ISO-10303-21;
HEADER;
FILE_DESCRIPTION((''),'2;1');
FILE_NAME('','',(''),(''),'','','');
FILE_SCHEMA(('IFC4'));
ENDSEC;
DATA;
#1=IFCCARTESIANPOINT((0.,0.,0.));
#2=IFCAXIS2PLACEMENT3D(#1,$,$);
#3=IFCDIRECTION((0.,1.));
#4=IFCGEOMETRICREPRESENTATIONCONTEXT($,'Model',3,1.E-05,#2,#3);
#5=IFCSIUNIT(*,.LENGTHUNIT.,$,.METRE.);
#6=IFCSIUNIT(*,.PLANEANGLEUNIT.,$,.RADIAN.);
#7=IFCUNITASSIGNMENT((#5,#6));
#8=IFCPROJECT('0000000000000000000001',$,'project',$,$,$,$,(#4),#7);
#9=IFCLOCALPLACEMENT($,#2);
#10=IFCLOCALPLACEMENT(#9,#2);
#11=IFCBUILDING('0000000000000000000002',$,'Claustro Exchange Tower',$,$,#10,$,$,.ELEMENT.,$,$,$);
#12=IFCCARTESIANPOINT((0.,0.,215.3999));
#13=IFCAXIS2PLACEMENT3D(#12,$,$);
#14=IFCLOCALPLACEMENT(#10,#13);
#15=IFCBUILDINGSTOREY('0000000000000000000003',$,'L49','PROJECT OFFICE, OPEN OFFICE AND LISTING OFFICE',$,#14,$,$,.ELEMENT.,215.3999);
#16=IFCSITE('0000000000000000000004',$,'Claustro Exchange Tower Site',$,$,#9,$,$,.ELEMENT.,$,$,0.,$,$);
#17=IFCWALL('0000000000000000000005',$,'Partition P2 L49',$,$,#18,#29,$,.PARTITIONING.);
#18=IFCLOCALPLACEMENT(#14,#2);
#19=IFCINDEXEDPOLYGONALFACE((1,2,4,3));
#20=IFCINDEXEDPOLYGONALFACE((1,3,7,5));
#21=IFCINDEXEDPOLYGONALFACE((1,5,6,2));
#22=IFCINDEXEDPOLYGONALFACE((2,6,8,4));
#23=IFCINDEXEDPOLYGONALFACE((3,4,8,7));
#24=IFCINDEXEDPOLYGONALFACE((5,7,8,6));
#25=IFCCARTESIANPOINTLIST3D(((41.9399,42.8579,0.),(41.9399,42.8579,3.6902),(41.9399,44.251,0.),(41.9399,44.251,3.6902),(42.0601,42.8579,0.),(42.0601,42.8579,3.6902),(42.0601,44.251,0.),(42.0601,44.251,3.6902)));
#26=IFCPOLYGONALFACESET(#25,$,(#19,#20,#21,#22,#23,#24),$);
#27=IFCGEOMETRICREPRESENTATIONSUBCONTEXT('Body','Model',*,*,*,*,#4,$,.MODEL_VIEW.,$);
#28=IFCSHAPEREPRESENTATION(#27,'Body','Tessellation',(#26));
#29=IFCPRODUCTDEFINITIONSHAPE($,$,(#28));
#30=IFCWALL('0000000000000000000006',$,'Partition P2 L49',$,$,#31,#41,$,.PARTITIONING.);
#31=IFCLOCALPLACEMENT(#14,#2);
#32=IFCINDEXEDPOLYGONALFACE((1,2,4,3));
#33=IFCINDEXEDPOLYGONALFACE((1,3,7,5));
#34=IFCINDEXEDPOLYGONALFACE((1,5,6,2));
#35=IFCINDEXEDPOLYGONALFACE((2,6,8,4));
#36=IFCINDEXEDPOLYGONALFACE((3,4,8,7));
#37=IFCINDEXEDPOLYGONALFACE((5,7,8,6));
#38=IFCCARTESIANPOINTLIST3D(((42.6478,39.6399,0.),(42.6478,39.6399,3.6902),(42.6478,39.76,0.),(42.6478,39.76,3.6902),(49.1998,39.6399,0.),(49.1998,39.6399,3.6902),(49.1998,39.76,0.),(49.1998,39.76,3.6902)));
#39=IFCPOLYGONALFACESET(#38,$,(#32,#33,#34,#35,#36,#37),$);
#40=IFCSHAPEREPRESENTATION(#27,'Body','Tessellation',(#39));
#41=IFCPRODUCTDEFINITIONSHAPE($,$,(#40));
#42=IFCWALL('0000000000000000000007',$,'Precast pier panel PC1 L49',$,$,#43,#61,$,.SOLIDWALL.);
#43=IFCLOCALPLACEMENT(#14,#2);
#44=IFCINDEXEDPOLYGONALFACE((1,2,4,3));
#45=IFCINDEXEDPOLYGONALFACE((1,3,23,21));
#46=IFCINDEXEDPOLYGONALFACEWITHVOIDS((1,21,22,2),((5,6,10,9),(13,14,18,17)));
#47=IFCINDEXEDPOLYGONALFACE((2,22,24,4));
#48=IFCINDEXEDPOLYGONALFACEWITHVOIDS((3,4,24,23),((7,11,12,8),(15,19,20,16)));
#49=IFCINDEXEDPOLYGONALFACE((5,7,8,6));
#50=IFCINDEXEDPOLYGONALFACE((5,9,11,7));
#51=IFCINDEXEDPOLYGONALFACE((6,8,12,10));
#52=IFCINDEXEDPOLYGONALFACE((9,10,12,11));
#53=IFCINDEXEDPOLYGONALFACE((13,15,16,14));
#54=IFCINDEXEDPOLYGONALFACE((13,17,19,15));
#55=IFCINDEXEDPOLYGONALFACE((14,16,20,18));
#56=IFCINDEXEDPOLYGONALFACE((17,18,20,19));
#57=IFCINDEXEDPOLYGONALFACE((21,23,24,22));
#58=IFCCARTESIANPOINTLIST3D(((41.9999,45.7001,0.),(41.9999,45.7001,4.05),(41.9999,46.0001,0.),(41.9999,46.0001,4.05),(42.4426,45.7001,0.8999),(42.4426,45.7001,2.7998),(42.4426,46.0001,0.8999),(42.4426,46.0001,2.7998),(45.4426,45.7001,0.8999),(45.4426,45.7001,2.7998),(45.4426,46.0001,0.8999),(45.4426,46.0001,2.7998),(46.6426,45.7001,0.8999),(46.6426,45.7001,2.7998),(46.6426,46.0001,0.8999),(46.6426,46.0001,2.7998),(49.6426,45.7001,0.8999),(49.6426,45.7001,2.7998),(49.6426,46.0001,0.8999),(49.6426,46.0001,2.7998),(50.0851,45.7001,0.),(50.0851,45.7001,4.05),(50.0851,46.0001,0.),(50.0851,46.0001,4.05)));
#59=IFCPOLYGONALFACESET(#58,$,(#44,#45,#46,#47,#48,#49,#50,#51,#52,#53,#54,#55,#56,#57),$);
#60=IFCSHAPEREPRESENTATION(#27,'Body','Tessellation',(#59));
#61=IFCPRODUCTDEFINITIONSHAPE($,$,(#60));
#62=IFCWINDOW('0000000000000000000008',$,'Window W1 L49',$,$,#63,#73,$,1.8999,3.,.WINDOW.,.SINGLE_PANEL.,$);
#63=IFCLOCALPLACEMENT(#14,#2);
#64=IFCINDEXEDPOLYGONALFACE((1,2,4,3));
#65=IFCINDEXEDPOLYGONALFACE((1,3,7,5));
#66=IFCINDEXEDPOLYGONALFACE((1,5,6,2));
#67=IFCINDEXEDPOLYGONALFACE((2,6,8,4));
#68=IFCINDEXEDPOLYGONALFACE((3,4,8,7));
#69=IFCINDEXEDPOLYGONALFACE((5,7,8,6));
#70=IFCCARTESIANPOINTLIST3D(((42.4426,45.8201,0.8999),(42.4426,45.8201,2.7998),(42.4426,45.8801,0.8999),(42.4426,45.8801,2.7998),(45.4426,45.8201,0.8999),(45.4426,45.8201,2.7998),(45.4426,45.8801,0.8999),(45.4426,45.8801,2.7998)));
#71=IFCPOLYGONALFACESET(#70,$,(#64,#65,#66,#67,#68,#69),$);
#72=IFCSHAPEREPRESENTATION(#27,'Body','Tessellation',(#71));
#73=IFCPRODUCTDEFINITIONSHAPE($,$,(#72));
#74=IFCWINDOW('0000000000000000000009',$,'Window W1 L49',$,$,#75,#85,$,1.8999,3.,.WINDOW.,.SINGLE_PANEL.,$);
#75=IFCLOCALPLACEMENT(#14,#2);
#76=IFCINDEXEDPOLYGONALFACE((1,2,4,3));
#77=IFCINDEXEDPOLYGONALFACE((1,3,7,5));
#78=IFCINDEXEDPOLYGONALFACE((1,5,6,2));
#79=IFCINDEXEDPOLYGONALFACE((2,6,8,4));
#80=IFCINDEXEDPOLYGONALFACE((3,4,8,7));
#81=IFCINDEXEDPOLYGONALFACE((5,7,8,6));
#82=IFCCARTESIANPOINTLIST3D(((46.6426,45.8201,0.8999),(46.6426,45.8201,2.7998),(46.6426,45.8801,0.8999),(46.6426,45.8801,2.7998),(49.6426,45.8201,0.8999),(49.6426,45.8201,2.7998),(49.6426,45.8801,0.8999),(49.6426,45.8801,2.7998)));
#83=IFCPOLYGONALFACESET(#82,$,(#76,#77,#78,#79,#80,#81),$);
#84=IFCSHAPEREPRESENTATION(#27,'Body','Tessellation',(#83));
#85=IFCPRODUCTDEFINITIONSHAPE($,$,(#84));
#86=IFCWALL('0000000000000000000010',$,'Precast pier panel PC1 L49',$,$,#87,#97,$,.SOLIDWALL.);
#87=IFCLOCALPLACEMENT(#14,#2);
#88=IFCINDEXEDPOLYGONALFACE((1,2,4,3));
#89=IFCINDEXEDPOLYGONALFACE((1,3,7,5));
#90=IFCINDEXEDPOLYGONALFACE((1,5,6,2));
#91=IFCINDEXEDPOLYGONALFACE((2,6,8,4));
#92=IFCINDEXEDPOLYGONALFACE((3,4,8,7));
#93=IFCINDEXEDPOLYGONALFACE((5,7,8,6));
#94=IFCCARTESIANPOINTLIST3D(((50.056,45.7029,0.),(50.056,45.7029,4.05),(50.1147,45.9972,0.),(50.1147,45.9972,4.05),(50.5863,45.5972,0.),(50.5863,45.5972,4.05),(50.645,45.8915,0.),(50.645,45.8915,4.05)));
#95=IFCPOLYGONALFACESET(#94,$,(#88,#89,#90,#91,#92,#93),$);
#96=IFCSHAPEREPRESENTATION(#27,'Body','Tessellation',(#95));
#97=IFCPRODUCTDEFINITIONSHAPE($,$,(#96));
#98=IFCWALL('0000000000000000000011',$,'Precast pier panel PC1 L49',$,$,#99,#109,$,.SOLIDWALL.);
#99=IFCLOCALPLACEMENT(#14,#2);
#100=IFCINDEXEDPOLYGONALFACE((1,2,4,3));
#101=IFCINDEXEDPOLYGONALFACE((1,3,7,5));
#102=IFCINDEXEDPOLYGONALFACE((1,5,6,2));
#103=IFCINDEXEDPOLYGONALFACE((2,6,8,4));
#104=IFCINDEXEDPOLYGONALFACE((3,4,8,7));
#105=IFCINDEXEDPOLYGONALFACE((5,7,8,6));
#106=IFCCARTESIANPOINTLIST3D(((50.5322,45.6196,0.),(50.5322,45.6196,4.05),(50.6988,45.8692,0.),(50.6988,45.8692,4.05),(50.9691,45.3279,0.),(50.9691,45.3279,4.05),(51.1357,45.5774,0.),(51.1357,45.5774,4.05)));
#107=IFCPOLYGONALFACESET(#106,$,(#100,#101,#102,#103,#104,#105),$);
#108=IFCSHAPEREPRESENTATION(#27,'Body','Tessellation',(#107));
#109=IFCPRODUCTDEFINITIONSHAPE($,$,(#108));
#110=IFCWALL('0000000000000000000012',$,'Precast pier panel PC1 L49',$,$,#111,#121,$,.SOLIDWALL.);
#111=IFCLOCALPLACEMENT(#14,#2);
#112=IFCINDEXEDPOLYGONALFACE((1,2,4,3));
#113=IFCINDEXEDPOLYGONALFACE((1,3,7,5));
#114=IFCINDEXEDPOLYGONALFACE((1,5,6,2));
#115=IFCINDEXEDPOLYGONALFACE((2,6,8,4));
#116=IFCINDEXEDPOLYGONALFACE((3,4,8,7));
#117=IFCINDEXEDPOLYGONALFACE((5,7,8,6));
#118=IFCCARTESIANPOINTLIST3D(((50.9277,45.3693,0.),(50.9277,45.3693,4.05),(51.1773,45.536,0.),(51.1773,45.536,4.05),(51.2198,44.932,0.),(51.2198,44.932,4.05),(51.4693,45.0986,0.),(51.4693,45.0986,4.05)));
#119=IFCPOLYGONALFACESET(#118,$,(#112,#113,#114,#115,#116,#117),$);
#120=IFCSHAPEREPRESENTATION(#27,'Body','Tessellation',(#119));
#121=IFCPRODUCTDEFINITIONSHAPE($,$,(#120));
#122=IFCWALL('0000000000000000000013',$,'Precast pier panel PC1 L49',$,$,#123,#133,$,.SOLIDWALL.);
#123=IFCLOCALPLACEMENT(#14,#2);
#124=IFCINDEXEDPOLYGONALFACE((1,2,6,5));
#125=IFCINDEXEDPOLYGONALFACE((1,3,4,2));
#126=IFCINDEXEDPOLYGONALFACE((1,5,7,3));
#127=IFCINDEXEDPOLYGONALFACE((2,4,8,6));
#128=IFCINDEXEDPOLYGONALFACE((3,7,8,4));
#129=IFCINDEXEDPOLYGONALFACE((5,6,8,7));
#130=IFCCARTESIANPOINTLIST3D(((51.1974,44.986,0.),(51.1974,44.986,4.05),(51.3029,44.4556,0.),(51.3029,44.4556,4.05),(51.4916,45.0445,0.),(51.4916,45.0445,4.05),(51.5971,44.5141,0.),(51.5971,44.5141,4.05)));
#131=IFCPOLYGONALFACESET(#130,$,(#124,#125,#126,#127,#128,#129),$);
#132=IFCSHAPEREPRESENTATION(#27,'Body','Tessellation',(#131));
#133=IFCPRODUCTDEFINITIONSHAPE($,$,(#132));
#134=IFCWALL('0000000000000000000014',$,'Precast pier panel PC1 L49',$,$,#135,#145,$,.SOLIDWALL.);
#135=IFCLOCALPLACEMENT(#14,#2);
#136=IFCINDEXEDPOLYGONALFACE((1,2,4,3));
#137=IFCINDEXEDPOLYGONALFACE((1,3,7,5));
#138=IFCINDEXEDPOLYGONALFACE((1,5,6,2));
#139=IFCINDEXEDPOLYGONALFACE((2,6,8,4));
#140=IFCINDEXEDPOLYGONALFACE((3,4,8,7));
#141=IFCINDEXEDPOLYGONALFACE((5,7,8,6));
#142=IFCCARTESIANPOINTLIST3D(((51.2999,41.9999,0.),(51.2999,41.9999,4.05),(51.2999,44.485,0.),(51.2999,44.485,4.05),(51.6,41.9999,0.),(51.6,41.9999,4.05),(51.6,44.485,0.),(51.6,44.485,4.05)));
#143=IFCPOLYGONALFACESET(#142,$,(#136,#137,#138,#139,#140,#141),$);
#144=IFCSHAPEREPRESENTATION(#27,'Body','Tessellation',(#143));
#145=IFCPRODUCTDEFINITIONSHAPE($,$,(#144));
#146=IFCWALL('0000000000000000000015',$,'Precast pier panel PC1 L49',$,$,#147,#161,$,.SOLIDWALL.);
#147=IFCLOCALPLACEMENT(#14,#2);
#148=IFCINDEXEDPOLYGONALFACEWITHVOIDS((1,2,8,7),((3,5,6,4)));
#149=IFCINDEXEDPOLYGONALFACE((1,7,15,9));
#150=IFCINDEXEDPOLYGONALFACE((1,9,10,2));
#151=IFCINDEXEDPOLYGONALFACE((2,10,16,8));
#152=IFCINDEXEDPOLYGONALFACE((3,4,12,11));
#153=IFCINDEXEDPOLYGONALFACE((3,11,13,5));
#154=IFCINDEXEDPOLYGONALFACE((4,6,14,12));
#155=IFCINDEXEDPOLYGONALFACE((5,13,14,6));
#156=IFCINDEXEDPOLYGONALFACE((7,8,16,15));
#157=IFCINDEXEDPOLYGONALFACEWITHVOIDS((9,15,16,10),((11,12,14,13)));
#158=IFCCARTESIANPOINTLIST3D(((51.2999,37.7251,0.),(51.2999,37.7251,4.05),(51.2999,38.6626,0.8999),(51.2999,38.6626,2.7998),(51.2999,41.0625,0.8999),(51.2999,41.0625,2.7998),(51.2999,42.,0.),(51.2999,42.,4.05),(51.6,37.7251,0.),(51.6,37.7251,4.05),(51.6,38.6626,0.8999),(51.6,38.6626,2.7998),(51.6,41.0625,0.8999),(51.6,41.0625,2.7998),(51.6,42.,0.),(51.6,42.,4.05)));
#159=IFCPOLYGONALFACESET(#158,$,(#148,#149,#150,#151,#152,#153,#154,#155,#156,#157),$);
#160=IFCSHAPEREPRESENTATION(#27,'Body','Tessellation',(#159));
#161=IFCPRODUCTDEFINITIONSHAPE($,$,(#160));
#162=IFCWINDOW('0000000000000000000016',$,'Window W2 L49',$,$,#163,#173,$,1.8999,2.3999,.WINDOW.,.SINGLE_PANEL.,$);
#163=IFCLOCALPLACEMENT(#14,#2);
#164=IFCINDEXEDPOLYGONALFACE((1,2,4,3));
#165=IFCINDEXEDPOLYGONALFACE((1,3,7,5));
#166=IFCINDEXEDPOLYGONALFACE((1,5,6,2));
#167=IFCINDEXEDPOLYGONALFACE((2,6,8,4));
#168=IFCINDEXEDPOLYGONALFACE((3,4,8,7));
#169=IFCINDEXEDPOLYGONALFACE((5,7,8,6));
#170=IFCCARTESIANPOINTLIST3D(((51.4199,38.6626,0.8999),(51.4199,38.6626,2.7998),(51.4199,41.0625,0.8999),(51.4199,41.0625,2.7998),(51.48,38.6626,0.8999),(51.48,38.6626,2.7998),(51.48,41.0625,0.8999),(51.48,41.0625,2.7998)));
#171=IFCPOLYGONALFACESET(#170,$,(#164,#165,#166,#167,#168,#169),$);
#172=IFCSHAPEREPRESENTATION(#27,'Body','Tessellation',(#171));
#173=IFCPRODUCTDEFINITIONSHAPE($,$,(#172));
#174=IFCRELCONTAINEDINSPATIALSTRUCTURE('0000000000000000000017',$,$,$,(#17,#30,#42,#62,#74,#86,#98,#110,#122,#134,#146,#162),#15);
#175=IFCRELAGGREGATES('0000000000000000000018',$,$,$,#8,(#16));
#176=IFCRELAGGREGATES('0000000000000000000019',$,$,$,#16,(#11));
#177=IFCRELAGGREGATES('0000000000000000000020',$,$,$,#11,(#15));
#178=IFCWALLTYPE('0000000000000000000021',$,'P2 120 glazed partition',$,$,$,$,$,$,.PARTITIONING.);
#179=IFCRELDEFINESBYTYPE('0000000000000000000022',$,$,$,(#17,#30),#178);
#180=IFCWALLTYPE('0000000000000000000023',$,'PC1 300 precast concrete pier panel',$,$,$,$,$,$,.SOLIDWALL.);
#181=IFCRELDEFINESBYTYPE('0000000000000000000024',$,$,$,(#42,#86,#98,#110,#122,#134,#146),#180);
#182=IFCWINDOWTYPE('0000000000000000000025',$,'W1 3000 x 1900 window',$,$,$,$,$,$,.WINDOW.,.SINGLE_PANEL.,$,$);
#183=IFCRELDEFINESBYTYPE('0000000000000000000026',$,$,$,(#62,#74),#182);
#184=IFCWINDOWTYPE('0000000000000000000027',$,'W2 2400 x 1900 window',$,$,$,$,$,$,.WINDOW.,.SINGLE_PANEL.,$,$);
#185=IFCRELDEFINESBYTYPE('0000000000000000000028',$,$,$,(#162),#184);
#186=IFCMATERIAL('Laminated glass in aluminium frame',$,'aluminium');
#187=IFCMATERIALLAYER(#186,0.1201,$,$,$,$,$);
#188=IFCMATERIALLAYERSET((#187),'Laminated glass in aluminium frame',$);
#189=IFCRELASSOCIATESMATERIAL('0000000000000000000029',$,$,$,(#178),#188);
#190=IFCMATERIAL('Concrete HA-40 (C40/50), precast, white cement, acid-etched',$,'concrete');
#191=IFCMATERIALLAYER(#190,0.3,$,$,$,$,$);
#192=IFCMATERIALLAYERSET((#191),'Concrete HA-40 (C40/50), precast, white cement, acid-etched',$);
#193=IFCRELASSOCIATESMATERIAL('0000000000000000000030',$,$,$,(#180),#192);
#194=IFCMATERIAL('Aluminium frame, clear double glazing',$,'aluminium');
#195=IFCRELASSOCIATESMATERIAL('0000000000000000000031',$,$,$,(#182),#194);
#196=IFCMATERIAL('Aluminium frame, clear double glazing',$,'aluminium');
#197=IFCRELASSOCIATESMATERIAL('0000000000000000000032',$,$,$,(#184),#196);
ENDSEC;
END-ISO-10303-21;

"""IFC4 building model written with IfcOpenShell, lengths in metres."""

from ifc_helpers import new_model, si_unit, direction, frame, frame_2d, origin, place, context, subcontext, project, spatial, rectangle, extrude, material, layer, layer_set, type_object, element, fill, save


model = new_model("IFC4")

# Units and contexts
model_context = context("Model", 3, precision=1e-05, world=origin(), true_north=direction((0.0, 1.0)))
body_context = subcontext(model_context, "Body", "Model", "MODEL_VIEW")
ifc_project = project(units=[si_unit("LENGTHUNIT", "METRE"), si_unit("PLANEANGLEUNIT", "RADIAN")], contexts=[model_context])

# Site, building, storey
site_placement = place(None, origin())
site = spatial("IfcSite", under=ifc_project, at=site_placement, Name="Claustro Exchange Tower Site", CompositionType="ELEMENT", RefElevation=0.0)
building_placement = place(site_placement, origin())
building = spatial("IfcBuilding", under=site, at=building_placement, Name="Claustro Exchange Tower", CompositionType="ELEMENT")
storey_placement = place(building_placement, frame((0.0, 0.0, 215.3999)))
storey = spatial("IfcBuildingStorey", under=building, at=storey_placement, Name="L49", Description="PROJECT OFFICE, OPEN OFFICE AND LISTING OFFICE", CompositionType="ELEMENT", Elevation=215.3999)

# Walls
ifc_material_1 = material(Name="Laminated glass in aluminium frame", Category="aluminium")
ifc_layer_1 = layer(ifc_material_1, 0.1201)
ifc_layer_set_1 = layer_set([ifc_layer_1], Name="Laminated glass in aluminium frame")
wall_type_1 = type_object("IfcWallType", Name="P2 120 glazed partition", PredefinedType="PARTITIONING", material=ifc_layer_set_1)
wall_1_placement = place(storey_placement, frame((42.0, 42.8579, 0.0), z_axis=(0.0, 0.0, 1.0), x_axis=(0.0, 1.0, 0.0)))
element("IfcWall", 1, at=wall_1_placement, inside=storey, type_object=wall_type_1, Name="Partition P2 L49", PredefinedType="PARTITIONING", context=body_context, shape_type="SweptSolid", body=[
    extrude(rectangle(XDim=1.3931, YDim=0.1201, at=frame_2d((0.6965, 0.0))), origin(), (0.0, 0.0, 1.0), 3.6902),
])
wall_2_placement = place(storey_placement, frame((42.6479, 39.7, 0.0), z_axis=(0.0, 0.0, 1.0), x_axis=(1.0, 0.0, 0.0)))
element("IfcWall", 2, at=wall_2_placement, inside=storey, type_object=wall_type_1, Name="Partition P2 L49", PredefinedType="PARTITIONING", context=body_context, shape_type="SweptSolid", body=[
    extrude(rectangle(XDim=6.552, YDim=0.1201, at=frame_2d((3.2759, 0.0))), origin(), (0.0, 0.0, 1.0), 3.6902),
])

# Wall, openings, windows
ifc_material_2 = material(Name="Concrete HA-40 (C40/50), precast, white cement, acid-etched", Category="concrete")
ifc_layer_2 = layer(ifc_material_2, 0.3)
ifc_layer_set_2 = layer_set([ifc_layer_2], Name="Concrete HA-40 (C40/50), precast, white cement, acid-etched")
wall_type_2 = type_object("IfcWallType", Name="PC1 300 precast concrete pier panel", PredefinedType="SOLIDWALL", material=ifc_layer_set_2)
wall_3_placement = place(storey_placement, frame((42.0, 45.8501, 0.0), z_axis=(0.0, 0.0, 1.0), x_axis=(1.0, 0.0, 0.0)))
wall_3 = element("IfcWall", 3, at=wall_3_placement, inside=storey, type_object=wall_type_2, Name="Precast pier panel PC1 L49", PredefinedType="SOLIDWALL", context=body_context, shape_type="SweptSolid", body=[
    extrude(rectangle(XDim=8.0852, YDim=0.3, at=frame_2d((4.0425, 0.0))), origin(), (0.0, 0.0, 1.0), 4.05),
])
opening_1_placement = place(wall_3_placement, frame((0.4426, 0.0, 0.8999)))
opening_1 = element("IfcOpeningElement", 4, at=opening_1_placement, cuts=wall_3, PredefinedType="OPENING", context=body_context, shape_type="SweptSolid", body=[
    extrude(rectangle(XDim=3.0, YDim=1.8999, at=frame_2d((1.5, 0.95))), frame((0.0, 0.1599, 0.0), z_axis=(0.0, -1.0, 0.0), x_axis=(1.0, 0.0, 0.0)), (0.0, 0.0, 1.0), 0.3201),
])
opening_2_placement = place(wall_3_placement, frame((4.6426, 0.0, 0.8999)))
opening_2 = element("IfcOpeningElement", 5, at=opening_2_placement, cuts=wall_3, PredefinedType="OPENING", context=body_context, shape_type="SweptSolid", body=[
    extrude(rectangle(XDim=3.0, YDim=1.8999, at=frame_2d((1.5, 0.95))), frame((0.0, 0.1599, 0.0), z_axis=(0.0, -1.0, 0.0), x_axis=(1.0, 0.0, 0.0)), (0.0, 0.0, 1.0), 0.3201),
])
ifc_material_3 = material(Name="Aluminium frame, clear double glazing", Category="aluminium")
window_type_1 = type_object("IfcWindowType", Name="W1 3000 x 1900 window", PartitioningType="SINGLE_PANEL", PredefinedType="WINDOW", material=ifc_material_3)
window_1_placement = place(opening_1_placement, origin())
window_1 = element("IfcWindow", 6, at=window_1_placement, inside=storey, type_object=window_type_1, Name="Window W1 L49", OverallHeight=1.8999, OverallWidth=3.0, PartitioningType="SINGLE_PANEL", PredefinedType="WINDOW", context=body_context, shape_type="SweptSolid", body=[
    extrude(rectangle(XDim=3.0, YDim=1.8999, at=frame_2d((1.5, 0.95))), frame((0.0, 0.03, 0.0), z_axis=(0.0, -1.0, 0.0), x_axis=(1.0, 0.0, 0.0)), (0.0, 0.0, 1.0), 0.0601),
])
fill(opening_1, window_1)
window_2_placement = place(opening_2_placement, origin())
window_2 = element("IfcWindow", 7, at=window_2_placement, inside=storey, type_object=window_type_1, Name="Window W1 L49", OverallHeight=1.8999, OverallWidth=3.0, PartitioningType="SINGLE_PANEL", PredefinedType="WINDOW", context=body_context, shape_type="SweptSolid", body=[
    extrude(rectangle(XDim=3.0, YDim=1.8999, at=frame_2d((1.5, 0.95))), frame((0.0, 0.03, 0.0), z_axis=(0.0, -1.0, 0.0), x_axis=(1.0, 0.0, 0.0)), (0.0, 0.0, 1.0), 0.0601),
])
fill(opening_2, window_2)

# Walls
wall_4_placement = place(storey_placement, frame((50.0852, 45.8501, 0.0), z_axis=(0.0, 0.0, 1.0), x_axis=(0.980702, -0.195508, 0.0)))
element("IfcWall", 8, at=wall_4_placement, inside=storey, type_object=wall_type_2, Name="Precast pier panel PC1 L49", PredefinedType="SOLIDWALL", context=body_context, shape_type="SweptSolid", body=[
    extrude(rectangle(XDim=0.5408, YDim=0.3, at=frame_2d((0.2705, 0.0))), origin(), (0.0, 0.0, 1.0), 4.05),
])
wall_5_placement = place(storey_placement, frame((50.6155, 45.7444, 0.0), z_axis=(0.0, 0.0, 1.0), x_axis=(0.831693, -0.555236, 0.0)))
element("IfcWall", 9, at=wall_5_placement, inside=storey, type_object=wall_type_2, Name="Precast pier panel PC1 L49", PredefinedType="SOLIDWALL", context=body_context, shape_type="SweptSolid", body=[
    extrude(rectangle(XDim=0.5254, YDim=0.3, at=frame_2d((0.2627, 0.0))), origin(), (0.0, 0.0, 1.0), 4.05),
])
wall_6_placement = place(storey_placement, frame((51.0525, 45.4526, 0.0), z_axis=(0.0, 0.0, 1.0), x_axis=(0.555343, -0.831621, 0.0)))
element("IfcWall", 10, at=wall_6_placement, inside=storey, type_object=wall_type_2, Name="Precast pier panel PC1 L49", PredefinedType="SOLIDWALL", context=body_context, shape_type="SweptSolid", body=[
    extrude(rectangle(XDim=0.5259, YDim=0.3, at=frame_2d((0.2629, 0.0))), origin(), (0.0, 0.0, 1.0), 4.05),
])
wall_7_placement = place(storey_placement, frame((51.3445, 45.0154, 0.0), z_axis=(0.0, 0.0, 1.0), x_axis=(0.195074, -0.980789, 0.0)))
element("IfcWall", 11, at=wall_7_placement, inside=storey, type_object=wall_type_2, Name="Precast pier panel PC1 L49", PredefinedType="SOLIDWALL", context=body_context, shape_type="SweptSolid", body=[
    extrude(rectangle(XDim=0.5408, YDim=0.3, at=frame_2d((0.2705, 0.0))), origin(), (0.0, 0.0, 1.0), 4.05),
])
wall_8_placement = place(storey_placement, frame((51.45, 44.4851, 0.0), z_axis=(0.0, 0.0, 1.0), x_axis=(0.0, -1.0, 0.0)))
element("IfcWall", 12, at=wall_8_placement, inside=storey, type_object=wall_type_2, Name="Precast pier panel PC1 L49", PredefinedType="SOLIDWALL", context=body_context, shape_type="SweptSolid", body=[
    extrude(rectangle(XDim=2.4851, YDim=0.3, at=frame_2d((1.2427, 0.0))), origin(), (0.0, 0.0, 1.0), 4.05),
])

# Wall, opening, window
wall_9_placement = place(storey_placement, frame((51.45, 42.0, 0.0), z_axis=(0.0, 0.0, 1.0), x_axis=(0.0, -1.0, 0.0)))
wall_9 = element("IfcWall", 13, at=wall_9_placement, inside=storey, type_object=wall_type_2, Name="Precast pier panel PC1 L49", PredefinedType="SOLIDWALL", context=body_context, shape_type="SweptSolid", body=[
    extrude(rectangle(XDim=4.2749, YDim=0.3, at=frame_2d((2.1375, 0.0))), origin(), (0.0, 0.0, 1.0), 4.05),
])
opening_3_placement = place(wall_9_placement, frame((0.9375, 0.0, 0.8999)))
opening_3 = element("IfcOpeningElement", 14, at=opening_3_placement, cuts=wall_9, PredefinedType="OPENING", context=body_context, shape_type="SweptSolid", body=[
    extrude(rectangle(XDim=2.3999, YDim=1.8999, at=frame_2d((1.2, 0.95))), frame((0.0, 0.1599, 0.0), z_axis=(0.0, -1.0, 0.0), x_axis=(1.0, 0.0, 0.0)), (0.0, 0.0, 1.0), 0.3201),
])
ifc_material_4 = material(Name="Aluminium frame, clear double glazing", Category="aluminium")
window_type_2 = type_object("IfcWindowType", Name="W2 2400 x 1900 window", PartitioningType="SINGLE_PANEL", PredefinedType="WINDOW", material=ifc_material_4)
window_3_placement = place(opening_3_placement, origin())
window_3 = element("IfcWindow", 15, at=window_3_placement, inside=storey, type_object=window_type_2, Name="Window W2 L49", OverallHeight=1.8999, OverallWidth=2.3999, PartitioningType="SINGLE_PANEL", PredefinedType="WINDOW", context=body_context, shape_type="SweptSolid", body=[
    extrude(rectangle(XDim=2.3999, YDim=1.8999, at=frame_2d((1.2, 0.95))), frame((0.0, 0.03, 0.0), z_axis=(0.0, -1.0, 0.0), x_axis=(1.0, 0.0, 0.0)), (0.0, 0.0, 1.0), 0.0601),
])
fill(opening_3, window_3)

save(model, "model.ifc")
